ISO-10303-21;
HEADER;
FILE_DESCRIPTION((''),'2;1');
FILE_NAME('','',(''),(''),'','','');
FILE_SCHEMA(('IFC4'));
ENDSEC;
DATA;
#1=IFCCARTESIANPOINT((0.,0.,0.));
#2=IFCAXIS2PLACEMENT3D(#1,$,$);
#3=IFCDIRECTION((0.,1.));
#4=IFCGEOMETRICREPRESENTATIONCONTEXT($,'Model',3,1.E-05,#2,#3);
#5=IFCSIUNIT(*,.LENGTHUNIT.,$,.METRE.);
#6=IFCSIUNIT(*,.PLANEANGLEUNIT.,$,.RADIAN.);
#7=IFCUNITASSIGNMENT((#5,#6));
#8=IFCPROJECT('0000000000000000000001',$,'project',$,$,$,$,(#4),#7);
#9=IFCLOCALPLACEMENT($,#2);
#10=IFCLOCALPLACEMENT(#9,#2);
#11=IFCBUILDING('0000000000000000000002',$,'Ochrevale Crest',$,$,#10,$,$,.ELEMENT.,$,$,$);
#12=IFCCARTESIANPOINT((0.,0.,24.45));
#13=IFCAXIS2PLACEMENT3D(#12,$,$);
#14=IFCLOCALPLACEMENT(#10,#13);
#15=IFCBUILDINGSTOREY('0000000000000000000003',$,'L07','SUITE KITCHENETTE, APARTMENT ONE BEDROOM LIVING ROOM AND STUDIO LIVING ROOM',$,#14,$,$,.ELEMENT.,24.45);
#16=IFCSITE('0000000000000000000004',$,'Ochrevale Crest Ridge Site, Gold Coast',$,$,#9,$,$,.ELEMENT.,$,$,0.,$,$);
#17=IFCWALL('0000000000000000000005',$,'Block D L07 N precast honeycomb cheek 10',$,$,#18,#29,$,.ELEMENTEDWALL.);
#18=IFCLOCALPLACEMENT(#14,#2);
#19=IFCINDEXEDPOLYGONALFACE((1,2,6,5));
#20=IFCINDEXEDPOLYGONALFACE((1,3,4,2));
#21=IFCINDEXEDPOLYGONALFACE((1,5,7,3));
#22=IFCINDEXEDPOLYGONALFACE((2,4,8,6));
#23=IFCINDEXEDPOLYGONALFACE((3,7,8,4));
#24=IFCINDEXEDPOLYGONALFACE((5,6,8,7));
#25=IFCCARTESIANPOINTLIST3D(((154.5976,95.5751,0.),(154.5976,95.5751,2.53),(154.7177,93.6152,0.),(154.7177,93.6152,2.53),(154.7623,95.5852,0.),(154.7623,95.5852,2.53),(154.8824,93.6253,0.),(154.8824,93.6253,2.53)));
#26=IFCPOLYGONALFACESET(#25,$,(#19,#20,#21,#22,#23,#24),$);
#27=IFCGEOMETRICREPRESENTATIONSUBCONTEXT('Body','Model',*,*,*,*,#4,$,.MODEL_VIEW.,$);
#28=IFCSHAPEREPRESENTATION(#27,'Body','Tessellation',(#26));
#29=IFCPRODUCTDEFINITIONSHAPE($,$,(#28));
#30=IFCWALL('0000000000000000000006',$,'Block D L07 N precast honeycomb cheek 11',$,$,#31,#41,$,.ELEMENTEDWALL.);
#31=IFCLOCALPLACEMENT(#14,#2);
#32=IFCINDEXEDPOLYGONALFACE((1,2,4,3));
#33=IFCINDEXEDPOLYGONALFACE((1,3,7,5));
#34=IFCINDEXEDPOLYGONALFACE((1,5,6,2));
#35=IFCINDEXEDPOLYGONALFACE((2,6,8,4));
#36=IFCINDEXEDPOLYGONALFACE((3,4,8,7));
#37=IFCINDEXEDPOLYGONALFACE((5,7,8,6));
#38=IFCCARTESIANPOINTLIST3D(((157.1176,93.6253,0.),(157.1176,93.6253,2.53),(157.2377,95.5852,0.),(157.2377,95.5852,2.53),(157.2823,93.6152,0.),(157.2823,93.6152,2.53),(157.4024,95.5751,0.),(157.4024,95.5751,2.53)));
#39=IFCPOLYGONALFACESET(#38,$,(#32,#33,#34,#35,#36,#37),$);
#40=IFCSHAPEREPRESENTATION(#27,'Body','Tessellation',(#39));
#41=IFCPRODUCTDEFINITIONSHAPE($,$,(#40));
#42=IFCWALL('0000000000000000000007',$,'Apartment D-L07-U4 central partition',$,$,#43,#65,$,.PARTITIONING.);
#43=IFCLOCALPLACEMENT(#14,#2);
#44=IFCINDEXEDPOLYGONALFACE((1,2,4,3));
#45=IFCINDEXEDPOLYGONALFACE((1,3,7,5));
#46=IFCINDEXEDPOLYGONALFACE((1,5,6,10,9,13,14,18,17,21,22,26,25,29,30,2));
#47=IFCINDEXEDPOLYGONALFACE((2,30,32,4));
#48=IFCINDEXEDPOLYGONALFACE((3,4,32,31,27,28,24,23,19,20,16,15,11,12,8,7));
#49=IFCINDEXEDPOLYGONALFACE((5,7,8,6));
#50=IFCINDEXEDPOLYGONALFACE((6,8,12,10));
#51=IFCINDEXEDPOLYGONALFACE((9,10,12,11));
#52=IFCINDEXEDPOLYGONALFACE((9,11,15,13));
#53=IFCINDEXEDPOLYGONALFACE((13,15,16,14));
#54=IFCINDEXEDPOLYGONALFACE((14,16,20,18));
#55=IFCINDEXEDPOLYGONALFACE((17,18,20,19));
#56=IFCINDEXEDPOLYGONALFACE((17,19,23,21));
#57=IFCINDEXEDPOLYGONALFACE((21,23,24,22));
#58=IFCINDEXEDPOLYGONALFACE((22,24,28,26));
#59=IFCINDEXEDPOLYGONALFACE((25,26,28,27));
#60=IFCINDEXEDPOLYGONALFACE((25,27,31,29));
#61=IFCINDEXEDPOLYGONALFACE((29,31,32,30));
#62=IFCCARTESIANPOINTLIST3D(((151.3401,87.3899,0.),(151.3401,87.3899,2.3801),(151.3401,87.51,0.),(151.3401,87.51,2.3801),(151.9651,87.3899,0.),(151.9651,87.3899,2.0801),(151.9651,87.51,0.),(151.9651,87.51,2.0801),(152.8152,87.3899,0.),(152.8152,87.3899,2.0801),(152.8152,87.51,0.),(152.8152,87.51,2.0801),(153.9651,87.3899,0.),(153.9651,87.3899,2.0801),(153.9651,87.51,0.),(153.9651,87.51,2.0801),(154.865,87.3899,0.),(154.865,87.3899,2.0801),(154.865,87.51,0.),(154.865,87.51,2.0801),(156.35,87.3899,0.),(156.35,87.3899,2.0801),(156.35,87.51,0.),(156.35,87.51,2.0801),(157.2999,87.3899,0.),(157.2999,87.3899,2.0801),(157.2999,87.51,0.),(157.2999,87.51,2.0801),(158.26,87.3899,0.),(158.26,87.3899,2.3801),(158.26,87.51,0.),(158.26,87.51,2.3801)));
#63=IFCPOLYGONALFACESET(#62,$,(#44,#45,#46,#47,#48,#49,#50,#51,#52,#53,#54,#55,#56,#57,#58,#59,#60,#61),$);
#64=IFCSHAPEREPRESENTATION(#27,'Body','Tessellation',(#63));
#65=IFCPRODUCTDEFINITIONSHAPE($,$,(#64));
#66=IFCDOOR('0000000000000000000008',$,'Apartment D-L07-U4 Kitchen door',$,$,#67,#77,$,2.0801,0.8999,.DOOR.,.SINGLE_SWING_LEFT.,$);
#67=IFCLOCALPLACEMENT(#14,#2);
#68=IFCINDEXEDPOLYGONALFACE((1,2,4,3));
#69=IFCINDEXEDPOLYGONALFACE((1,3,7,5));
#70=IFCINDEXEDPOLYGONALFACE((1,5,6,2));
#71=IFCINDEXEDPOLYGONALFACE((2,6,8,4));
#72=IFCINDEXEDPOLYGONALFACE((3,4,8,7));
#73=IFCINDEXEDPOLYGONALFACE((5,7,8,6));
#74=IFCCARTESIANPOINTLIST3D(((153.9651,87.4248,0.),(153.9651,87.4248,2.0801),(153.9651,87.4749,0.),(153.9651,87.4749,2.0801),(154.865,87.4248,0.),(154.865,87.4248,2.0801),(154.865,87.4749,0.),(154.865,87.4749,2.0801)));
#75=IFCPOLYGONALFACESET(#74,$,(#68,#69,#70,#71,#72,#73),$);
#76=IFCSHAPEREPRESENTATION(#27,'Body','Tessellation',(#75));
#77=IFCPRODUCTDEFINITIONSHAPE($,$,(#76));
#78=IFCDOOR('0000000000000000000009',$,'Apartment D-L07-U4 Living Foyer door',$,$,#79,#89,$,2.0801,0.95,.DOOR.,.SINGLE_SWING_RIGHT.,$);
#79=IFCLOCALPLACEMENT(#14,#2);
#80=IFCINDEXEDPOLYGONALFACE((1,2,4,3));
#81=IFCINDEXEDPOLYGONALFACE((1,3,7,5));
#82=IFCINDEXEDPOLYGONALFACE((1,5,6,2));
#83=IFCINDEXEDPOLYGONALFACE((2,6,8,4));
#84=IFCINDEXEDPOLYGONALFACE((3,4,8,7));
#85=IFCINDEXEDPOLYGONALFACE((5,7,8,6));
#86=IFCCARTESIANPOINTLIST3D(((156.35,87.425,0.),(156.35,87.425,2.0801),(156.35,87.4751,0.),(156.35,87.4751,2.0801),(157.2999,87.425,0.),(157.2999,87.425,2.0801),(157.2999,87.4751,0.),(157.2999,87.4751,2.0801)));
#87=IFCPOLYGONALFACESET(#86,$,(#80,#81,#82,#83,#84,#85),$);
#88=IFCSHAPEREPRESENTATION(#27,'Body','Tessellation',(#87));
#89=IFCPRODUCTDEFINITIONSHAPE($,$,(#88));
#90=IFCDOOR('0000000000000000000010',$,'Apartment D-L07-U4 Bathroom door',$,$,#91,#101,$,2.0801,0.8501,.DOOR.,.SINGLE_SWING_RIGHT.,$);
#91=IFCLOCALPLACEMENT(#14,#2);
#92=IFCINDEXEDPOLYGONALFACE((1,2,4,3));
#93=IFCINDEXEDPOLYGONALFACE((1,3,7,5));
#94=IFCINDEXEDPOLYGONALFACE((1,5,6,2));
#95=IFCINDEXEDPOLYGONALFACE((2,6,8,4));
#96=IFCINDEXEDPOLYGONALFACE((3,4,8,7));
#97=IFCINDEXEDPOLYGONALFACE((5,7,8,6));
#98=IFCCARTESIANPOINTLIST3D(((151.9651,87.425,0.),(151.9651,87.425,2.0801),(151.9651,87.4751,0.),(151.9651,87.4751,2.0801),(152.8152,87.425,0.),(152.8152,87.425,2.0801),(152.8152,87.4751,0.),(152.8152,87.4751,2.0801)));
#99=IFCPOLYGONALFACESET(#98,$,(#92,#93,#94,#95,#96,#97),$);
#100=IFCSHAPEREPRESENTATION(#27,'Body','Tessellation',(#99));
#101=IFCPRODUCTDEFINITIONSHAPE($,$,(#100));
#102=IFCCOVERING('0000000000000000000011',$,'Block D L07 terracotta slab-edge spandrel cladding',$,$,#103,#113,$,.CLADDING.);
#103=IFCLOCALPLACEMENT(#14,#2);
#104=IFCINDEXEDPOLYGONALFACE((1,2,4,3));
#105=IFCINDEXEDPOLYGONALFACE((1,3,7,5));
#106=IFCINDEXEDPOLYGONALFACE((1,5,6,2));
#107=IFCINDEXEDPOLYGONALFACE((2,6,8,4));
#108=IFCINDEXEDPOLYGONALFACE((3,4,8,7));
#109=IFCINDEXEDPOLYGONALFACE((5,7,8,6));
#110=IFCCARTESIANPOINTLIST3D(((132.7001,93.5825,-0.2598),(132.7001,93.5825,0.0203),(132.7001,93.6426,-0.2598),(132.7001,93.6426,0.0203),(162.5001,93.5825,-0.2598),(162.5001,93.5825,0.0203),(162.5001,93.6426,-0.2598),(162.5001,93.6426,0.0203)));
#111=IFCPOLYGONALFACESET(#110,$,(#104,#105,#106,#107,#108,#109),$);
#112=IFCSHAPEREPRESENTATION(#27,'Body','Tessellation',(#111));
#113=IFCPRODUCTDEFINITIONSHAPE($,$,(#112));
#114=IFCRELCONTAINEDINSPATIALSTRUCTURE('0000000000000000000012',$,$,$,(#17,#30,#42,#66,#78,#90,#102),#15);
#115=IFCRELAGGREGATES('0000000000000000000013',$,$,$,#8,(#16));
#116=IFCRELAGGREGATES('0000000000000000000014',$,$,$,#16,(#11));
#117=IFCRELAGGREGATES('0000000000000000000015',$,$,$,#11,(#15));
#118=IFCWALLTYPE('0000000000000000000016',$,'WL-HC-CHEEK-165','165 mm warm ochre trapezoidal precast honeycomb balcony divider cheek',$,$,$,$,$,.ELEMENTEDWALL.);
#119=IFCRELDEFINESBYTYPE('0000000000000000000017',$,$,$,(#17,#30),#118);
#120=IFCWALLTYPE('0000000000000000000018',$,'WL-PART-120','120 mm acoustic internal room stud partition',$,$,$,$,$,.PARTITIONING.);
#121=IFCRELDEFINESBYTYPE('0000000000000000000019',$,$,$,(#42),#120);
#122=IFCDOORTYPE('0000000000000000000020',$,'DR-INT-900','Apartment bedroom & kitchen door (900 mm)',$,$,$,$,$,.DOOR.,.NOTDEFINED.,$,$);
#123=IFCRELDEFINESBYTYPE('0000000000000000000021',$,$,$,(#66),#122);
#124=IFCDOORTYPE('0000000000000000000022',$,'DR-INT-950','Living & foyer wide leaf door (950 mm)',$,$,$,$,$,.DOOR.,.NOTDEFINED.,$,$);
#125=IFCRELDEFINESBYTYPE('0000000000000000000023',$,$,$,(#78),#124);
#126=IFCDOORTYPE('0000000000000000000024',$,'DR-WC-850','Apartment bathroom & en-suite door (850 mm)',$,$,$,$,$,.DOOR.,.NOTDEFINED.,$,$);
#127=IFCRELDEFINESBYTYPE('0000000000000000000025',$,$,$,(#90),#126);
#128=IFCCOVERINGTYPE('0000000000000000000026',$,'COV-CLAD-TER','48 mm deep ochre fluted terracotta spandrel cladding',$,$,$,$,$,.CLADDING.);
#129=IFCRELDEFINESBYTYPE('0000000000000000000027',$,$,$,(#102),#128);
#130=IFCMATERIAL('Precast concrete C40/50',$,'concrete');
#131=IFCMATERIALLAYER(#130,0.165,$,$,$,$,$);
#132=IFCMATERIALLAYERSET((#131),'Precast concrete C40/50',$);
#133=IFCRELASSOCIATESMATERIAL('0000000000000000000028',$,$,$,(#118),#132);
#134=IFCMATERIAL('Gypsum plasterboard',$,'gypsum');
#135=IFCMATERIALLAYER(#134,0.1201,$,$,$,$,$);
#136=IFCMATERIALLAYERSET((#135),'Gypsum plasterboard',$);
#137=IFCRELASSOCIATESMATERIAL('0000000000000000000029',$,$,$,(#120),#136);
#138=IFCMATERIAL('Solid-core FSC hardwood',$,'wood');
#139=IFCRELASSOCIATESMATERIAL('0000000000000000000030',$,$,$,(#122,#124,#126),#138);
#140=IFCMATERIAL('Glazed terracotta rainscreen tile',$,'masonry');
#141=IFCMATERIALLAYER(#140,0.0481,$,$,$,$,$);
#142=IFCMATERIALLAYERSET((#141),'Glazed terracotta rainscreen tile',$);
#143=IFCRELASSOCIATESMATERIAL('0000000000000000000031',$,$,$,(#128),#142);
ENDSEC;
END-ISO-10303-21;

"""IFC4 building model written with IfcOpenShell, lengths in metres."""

from ifc_helpers import new_model, si_unit, direction, frame, frame_2d, origin, origin_2d, place, context, subcontext, project, spatial, rectangle, extrude, material, layer, layer_set, type_object, element, fill, save


model = new_model("IFC4")

# Units and contexts
model_context = context("Model", 3, precision=1e-05, world=origin(), true_north=direction((0.0, 1.0)))
body_context = subcontext(model_context, "Body", "Model", "MODEL_VIEW")
ifc_project = project(units=[si_unit("LENGTHUNIT", "METRE"), si_unit("PLANEANGLEUNIT", "RADIAN")], contexts=[model_context])

# Site, building, storey
site_placement = place(None, origin())
site = spatial("IfcSite", under=ifc_project, at=site_placement, Name="Ochrevale Crest Ridge Site, Gold Coast", CompositionType="ELEMENT", RefElevation=0.0)
building_placement = place(site_placement, origin())
building = spatial("IfcBuilding", under=site, at=building_placement, Name="Ochrevale Crest", CompositionType="ELEMENT")
storey_placement = place(building_placement, frame((0.0, 0.0, 24.45)))
storey = spatial("IfcBuildingStorey", under=building, at=storey_placement, Name="L07", Description="SUITE KITCHENETTE, APARTMENT ONE BEDROOM LIVING ROOM AND STUDIO LIVING ROOM", CompositionType="ELEMENT", Elevation=24.45)

# Shared definitions
ifc_material_1 = material(Name="Precast concrete C40/50", Category="concrete")

# Walls
ifc_layer_1 = layer(ifc_material_1, 0.165)
ifc_layer_set_1 = layer_set([ifc_layer_1], Name="Precast concrete C40/50")
wall_type_1 = type_object("IfcWallType", Name="WL-HC-CHEEK-165", Description="165 mm warm ochre trapezoidal precast honeycomb balcony divider cheek", PredefinedType="ELEMENTEDWALL", material=ifc_layer_set_1)
for number, where, z_axis, x_axis, name in (
    (1, (154.8, 93.6201, 0.0), (0.0, 0.0, 1.0), (-0.061171, 0.998127, 0.0), "Block D L07 N precast honeycomb cheek 10"),
    (2, (157.2, 93.6201, 0.0), (0.0, 0.0, 1.0), (0.061171, 0.998127, 0.0), "Block D L07 N precast honeycomb cheek 11"),
):
    element("IfcWall", number, at=place(storey_placement, frame(where, z_axis=z_axis, x_axis=x_axis)), inside=storey, type_object=wall_type_1, Name=name, PredefinedType="ELEMENTEDWALL", context=body_context, shape_type="SweptSolid", body=[
        extrude(rectangle(XDim=1.9636, YDim=0.165, at=frame_2d((0.9819, 0.0))), origin(), (0.0, 0.0, 1.0), 2.53),
    ])

# Wall, openings, doors
ifc_material_2 = material(Name="Gypsum plasterboard", Category="gypsum")
ifc_layer_2 = layer(ifc_material_2, 0.1201)
ifc_layer_set_2 = layer_set([ifc_layer_2], Name="Gypsum plasterboard")
wall_type_2 = type_object("IfcWallType", Name="WL-PART-120", Description="120 mm acoustic internal room stud partition", PredefinedType="PARTITIONING", material=ifc_layer_set_2)
wall_placement = place(storey_placement, frame((151.3401, 87.45, 0.0), z_axis=(0.0, 0.0, 1.0), x_axis=(1.0, 0.0, 0.0)))
wall = element("IfcWall", 3, at=wall_placement, inside=storey, type_object=wall_type_2, Name="Apartment D-L07-U4 central partition", PredefinedType="PARTITIONING", context=body_context, shape_type="SweptSolid", body=[
    extrude(rectangle(XDim=6.9199, YDim=0.1201, at=frame_2d((3.46, 0.0))), origin(), (0.0, 0.0, 1.0), 2.3801),
])
opening_1_placement = place(wall_placement, frame((1.4751, 0.0, 0.0), z_axis=(0.0, 0.0, 1.0), x_axis=(-1.0, 0.0, 0.0)))
opening_1 = element("IfcOpeningElement", 4, at=opening_1_placement, cuts=wall, PredefinedType="OPENING", context=body_context, shape_type="SweptSolid", body=[
    extrude(rectangle(XDim=0.8501, YDim=2.0801, at=frame_2d((0.425, 1.04))), frame((0.0, 0.0701, 0.0), z_axis=(0.0, -1.0, 0.0), x_axis=(1.0, 0.0, 0.0)), (0.0, 0.0, 1.0), 0.1401),
])
opening_2_placement = place(wall_placement, frame((2.625, 0.0, 0.0)))
opening_2 = element("IfcOpeningElement", 5, at=opening_2_placement, cuts=wall, PredefinedType="OPENING", context=body_context, shape_type="SweptSolid", body=[
    extrude(rectangle(XDim=0.8999, YDim=2.0801, at=frame_2d((0.45, 1.04))), frame((0.0, 0.0701, 0.0), z_axis=(0.0, -1.0, 0.0), x_axis=(1.0, 0.0, 0.0)), (0.0, 0.0, 1.0), 0.1401),
])
opening_3_placement = place(wall_placement, frame((5.96, 0.0, 0.0), z_axis=(0.0, 0.0, 1.0), x_axis=(-1.0, 0.0, 0.0)))
opening_3 = element("IfcOpeningElement", 6, at=opening_3_placement, cuts=wall, PredefinedType="OPENING", context=body_context, shape_type="SweptSolid", body=[
    extrude(rectangle(XDim=0.95, YDim=2.0801, at=frame_2d((0.4751, 1.04))), frame((0.0, 0.0701, 0.0), z_axis=(0.0, -1.0, 0.0), x_axis=(1.0, 0.0, 0.0)), (0.0, 0.0, 1.0), 0.1401),
])
ifc_material_3 = material(Name="Solid-core FSC hardwood", Category="wood")
door_type_1 = type_object("IfcDoorType", Name="DR-INT-900", Description="Apartment bedroom & kitchen door (900 mm)", OperationType="NOTDEFINED", PredefinedType="DOOR", material=ifc_material_3)
door_1_placement = place(opening_2_placement, origin())
door_1 = element("IfcDoor", 7, at=door_1_placement, inside=storey, type_object=door_type_1, Name="Apartment D-L07-U4 Kitchen door", OperationType="SINGLE_SWING_LEFT", OverallHeight=2.0801, OverallWidth=0.8999, PredefinedType="DOOR", context=body_context, shape_type="SweptSolid", body=[
    extrude(rectangle(XDim=0.8999, YDim=2.0801, at=frame_2d((0.45, 1.04))), frame((0.0, 0.0249, 0.0), z_axis=(0.0, -1.0, 0.0), x_axis=(1.0, 0.0, 0.0)), (0.0, 0.0, 1.0), 0.05),
])
fill(opening_2, door_1)
door_type_2 = type_object("IfcDoorType", Name="DR-INT-950", Description="Living & foyer wide leaf door (950 mm)", OperationType="NOTDEFINED", PredefinedType="DOOR", material=ifc_material_3)
door_2_placement = place(opening_3_placement, origin())
door_2 = element("IfcDoor", 8, at=door_2_placement, inside=storey, type_object=door_type_2, Name="Apartment D-L07-U4 Living Foyer door", OperationType="SINGLE_SWING_RIGHT", OverallHeight=2.0801, OverallWidth=0.95, PredefinedType="DOOR", context=body_context, shape_type="SweptSolid", body=[
    extrude(rectangle(XDim=0.95, YDim=2.0801, at=frame_2d((0.4751, 1.04))), frame((0.0, 0.0249, 0.0), z_axis=(0.0, -1.0, 0.0), x_axis=(1.0, 0.0, 0.0)), (0.0, 0.0, 1.0), 0.05),
])
fill(opening_3, door_2)
door_type_3 = type_object("IfcDoorType", Name="DR-WC-850", Description="Apartment bathroom & en-suite door (850 mm)", OperationType="NOTDEFINED", PredefinedType="DOOR", material=ifc_material_3)
door_3_placement = place(opening_1_placement, origin())
door_3 = element("IfcDoor", 9, at=door_3_placement, inside=storey, type_object=door_type_3, Name="Apartment D-L07-U4 Bathroom door", OperationType="SINGLE_SWING_RIGHT", OverallHeight=2.0801, OverallWidth=0.8501, PredefinedType="DOOR", context=body_context, shape_type="SweptSolid", body=[
    extrude(rectangle(XDim=0.8501, YDim=2.0801, at=frame_2d((0.425, 1.04))), frame((0.0, 0.0249, 0.0), z_axis=(0.0, -1.0, 0.0), x_axis=(1.0, 0.0, 0.0)), (0.0, 0.0, 1.0), 0.05),
])
fill(opening_1, door_3)

# Covering
ifc_material_4 = material(Name="Glazed terracotta rainscreen tile", Category="masonry")
ifc_layer_3 = layer(ifc_material_4, 0.0481)
ifc_layer_set_3 = layer_set([ifc_layer_3], Name="Glazed terracotta rainscreen tile")
covering_type = type_object("IfcCoveringType", Name="COV-CLAD-TER", Description="48 mm deep ochre fluted terracotta spandrel cladding", PredefinedType="CLADDING", material=ifc_layer_set_3)
covering_placement = place(storey_placement, frame((147.6001, 93.6125, -0.2598), z_axis=(0.0, 0.0, 1.0), x_axis=(-1.0, 0.0, 0.0)))
element("IfcCovering", 10, at=covering_placement, inside=storey, type_object=covering_type, Name="Block D L07 terracotta slab-edge spandrel cladding", PredefinedType="CLADDING", context=body_context, shape_type="SweptSolid", body=[
    extrude(rectangle(XDim=29.8, YDim=0.0601, at=origin_2d()), origin(), (0.0, 0.0, 1.0), 0.28),
])

save(model, "model.ifc")
